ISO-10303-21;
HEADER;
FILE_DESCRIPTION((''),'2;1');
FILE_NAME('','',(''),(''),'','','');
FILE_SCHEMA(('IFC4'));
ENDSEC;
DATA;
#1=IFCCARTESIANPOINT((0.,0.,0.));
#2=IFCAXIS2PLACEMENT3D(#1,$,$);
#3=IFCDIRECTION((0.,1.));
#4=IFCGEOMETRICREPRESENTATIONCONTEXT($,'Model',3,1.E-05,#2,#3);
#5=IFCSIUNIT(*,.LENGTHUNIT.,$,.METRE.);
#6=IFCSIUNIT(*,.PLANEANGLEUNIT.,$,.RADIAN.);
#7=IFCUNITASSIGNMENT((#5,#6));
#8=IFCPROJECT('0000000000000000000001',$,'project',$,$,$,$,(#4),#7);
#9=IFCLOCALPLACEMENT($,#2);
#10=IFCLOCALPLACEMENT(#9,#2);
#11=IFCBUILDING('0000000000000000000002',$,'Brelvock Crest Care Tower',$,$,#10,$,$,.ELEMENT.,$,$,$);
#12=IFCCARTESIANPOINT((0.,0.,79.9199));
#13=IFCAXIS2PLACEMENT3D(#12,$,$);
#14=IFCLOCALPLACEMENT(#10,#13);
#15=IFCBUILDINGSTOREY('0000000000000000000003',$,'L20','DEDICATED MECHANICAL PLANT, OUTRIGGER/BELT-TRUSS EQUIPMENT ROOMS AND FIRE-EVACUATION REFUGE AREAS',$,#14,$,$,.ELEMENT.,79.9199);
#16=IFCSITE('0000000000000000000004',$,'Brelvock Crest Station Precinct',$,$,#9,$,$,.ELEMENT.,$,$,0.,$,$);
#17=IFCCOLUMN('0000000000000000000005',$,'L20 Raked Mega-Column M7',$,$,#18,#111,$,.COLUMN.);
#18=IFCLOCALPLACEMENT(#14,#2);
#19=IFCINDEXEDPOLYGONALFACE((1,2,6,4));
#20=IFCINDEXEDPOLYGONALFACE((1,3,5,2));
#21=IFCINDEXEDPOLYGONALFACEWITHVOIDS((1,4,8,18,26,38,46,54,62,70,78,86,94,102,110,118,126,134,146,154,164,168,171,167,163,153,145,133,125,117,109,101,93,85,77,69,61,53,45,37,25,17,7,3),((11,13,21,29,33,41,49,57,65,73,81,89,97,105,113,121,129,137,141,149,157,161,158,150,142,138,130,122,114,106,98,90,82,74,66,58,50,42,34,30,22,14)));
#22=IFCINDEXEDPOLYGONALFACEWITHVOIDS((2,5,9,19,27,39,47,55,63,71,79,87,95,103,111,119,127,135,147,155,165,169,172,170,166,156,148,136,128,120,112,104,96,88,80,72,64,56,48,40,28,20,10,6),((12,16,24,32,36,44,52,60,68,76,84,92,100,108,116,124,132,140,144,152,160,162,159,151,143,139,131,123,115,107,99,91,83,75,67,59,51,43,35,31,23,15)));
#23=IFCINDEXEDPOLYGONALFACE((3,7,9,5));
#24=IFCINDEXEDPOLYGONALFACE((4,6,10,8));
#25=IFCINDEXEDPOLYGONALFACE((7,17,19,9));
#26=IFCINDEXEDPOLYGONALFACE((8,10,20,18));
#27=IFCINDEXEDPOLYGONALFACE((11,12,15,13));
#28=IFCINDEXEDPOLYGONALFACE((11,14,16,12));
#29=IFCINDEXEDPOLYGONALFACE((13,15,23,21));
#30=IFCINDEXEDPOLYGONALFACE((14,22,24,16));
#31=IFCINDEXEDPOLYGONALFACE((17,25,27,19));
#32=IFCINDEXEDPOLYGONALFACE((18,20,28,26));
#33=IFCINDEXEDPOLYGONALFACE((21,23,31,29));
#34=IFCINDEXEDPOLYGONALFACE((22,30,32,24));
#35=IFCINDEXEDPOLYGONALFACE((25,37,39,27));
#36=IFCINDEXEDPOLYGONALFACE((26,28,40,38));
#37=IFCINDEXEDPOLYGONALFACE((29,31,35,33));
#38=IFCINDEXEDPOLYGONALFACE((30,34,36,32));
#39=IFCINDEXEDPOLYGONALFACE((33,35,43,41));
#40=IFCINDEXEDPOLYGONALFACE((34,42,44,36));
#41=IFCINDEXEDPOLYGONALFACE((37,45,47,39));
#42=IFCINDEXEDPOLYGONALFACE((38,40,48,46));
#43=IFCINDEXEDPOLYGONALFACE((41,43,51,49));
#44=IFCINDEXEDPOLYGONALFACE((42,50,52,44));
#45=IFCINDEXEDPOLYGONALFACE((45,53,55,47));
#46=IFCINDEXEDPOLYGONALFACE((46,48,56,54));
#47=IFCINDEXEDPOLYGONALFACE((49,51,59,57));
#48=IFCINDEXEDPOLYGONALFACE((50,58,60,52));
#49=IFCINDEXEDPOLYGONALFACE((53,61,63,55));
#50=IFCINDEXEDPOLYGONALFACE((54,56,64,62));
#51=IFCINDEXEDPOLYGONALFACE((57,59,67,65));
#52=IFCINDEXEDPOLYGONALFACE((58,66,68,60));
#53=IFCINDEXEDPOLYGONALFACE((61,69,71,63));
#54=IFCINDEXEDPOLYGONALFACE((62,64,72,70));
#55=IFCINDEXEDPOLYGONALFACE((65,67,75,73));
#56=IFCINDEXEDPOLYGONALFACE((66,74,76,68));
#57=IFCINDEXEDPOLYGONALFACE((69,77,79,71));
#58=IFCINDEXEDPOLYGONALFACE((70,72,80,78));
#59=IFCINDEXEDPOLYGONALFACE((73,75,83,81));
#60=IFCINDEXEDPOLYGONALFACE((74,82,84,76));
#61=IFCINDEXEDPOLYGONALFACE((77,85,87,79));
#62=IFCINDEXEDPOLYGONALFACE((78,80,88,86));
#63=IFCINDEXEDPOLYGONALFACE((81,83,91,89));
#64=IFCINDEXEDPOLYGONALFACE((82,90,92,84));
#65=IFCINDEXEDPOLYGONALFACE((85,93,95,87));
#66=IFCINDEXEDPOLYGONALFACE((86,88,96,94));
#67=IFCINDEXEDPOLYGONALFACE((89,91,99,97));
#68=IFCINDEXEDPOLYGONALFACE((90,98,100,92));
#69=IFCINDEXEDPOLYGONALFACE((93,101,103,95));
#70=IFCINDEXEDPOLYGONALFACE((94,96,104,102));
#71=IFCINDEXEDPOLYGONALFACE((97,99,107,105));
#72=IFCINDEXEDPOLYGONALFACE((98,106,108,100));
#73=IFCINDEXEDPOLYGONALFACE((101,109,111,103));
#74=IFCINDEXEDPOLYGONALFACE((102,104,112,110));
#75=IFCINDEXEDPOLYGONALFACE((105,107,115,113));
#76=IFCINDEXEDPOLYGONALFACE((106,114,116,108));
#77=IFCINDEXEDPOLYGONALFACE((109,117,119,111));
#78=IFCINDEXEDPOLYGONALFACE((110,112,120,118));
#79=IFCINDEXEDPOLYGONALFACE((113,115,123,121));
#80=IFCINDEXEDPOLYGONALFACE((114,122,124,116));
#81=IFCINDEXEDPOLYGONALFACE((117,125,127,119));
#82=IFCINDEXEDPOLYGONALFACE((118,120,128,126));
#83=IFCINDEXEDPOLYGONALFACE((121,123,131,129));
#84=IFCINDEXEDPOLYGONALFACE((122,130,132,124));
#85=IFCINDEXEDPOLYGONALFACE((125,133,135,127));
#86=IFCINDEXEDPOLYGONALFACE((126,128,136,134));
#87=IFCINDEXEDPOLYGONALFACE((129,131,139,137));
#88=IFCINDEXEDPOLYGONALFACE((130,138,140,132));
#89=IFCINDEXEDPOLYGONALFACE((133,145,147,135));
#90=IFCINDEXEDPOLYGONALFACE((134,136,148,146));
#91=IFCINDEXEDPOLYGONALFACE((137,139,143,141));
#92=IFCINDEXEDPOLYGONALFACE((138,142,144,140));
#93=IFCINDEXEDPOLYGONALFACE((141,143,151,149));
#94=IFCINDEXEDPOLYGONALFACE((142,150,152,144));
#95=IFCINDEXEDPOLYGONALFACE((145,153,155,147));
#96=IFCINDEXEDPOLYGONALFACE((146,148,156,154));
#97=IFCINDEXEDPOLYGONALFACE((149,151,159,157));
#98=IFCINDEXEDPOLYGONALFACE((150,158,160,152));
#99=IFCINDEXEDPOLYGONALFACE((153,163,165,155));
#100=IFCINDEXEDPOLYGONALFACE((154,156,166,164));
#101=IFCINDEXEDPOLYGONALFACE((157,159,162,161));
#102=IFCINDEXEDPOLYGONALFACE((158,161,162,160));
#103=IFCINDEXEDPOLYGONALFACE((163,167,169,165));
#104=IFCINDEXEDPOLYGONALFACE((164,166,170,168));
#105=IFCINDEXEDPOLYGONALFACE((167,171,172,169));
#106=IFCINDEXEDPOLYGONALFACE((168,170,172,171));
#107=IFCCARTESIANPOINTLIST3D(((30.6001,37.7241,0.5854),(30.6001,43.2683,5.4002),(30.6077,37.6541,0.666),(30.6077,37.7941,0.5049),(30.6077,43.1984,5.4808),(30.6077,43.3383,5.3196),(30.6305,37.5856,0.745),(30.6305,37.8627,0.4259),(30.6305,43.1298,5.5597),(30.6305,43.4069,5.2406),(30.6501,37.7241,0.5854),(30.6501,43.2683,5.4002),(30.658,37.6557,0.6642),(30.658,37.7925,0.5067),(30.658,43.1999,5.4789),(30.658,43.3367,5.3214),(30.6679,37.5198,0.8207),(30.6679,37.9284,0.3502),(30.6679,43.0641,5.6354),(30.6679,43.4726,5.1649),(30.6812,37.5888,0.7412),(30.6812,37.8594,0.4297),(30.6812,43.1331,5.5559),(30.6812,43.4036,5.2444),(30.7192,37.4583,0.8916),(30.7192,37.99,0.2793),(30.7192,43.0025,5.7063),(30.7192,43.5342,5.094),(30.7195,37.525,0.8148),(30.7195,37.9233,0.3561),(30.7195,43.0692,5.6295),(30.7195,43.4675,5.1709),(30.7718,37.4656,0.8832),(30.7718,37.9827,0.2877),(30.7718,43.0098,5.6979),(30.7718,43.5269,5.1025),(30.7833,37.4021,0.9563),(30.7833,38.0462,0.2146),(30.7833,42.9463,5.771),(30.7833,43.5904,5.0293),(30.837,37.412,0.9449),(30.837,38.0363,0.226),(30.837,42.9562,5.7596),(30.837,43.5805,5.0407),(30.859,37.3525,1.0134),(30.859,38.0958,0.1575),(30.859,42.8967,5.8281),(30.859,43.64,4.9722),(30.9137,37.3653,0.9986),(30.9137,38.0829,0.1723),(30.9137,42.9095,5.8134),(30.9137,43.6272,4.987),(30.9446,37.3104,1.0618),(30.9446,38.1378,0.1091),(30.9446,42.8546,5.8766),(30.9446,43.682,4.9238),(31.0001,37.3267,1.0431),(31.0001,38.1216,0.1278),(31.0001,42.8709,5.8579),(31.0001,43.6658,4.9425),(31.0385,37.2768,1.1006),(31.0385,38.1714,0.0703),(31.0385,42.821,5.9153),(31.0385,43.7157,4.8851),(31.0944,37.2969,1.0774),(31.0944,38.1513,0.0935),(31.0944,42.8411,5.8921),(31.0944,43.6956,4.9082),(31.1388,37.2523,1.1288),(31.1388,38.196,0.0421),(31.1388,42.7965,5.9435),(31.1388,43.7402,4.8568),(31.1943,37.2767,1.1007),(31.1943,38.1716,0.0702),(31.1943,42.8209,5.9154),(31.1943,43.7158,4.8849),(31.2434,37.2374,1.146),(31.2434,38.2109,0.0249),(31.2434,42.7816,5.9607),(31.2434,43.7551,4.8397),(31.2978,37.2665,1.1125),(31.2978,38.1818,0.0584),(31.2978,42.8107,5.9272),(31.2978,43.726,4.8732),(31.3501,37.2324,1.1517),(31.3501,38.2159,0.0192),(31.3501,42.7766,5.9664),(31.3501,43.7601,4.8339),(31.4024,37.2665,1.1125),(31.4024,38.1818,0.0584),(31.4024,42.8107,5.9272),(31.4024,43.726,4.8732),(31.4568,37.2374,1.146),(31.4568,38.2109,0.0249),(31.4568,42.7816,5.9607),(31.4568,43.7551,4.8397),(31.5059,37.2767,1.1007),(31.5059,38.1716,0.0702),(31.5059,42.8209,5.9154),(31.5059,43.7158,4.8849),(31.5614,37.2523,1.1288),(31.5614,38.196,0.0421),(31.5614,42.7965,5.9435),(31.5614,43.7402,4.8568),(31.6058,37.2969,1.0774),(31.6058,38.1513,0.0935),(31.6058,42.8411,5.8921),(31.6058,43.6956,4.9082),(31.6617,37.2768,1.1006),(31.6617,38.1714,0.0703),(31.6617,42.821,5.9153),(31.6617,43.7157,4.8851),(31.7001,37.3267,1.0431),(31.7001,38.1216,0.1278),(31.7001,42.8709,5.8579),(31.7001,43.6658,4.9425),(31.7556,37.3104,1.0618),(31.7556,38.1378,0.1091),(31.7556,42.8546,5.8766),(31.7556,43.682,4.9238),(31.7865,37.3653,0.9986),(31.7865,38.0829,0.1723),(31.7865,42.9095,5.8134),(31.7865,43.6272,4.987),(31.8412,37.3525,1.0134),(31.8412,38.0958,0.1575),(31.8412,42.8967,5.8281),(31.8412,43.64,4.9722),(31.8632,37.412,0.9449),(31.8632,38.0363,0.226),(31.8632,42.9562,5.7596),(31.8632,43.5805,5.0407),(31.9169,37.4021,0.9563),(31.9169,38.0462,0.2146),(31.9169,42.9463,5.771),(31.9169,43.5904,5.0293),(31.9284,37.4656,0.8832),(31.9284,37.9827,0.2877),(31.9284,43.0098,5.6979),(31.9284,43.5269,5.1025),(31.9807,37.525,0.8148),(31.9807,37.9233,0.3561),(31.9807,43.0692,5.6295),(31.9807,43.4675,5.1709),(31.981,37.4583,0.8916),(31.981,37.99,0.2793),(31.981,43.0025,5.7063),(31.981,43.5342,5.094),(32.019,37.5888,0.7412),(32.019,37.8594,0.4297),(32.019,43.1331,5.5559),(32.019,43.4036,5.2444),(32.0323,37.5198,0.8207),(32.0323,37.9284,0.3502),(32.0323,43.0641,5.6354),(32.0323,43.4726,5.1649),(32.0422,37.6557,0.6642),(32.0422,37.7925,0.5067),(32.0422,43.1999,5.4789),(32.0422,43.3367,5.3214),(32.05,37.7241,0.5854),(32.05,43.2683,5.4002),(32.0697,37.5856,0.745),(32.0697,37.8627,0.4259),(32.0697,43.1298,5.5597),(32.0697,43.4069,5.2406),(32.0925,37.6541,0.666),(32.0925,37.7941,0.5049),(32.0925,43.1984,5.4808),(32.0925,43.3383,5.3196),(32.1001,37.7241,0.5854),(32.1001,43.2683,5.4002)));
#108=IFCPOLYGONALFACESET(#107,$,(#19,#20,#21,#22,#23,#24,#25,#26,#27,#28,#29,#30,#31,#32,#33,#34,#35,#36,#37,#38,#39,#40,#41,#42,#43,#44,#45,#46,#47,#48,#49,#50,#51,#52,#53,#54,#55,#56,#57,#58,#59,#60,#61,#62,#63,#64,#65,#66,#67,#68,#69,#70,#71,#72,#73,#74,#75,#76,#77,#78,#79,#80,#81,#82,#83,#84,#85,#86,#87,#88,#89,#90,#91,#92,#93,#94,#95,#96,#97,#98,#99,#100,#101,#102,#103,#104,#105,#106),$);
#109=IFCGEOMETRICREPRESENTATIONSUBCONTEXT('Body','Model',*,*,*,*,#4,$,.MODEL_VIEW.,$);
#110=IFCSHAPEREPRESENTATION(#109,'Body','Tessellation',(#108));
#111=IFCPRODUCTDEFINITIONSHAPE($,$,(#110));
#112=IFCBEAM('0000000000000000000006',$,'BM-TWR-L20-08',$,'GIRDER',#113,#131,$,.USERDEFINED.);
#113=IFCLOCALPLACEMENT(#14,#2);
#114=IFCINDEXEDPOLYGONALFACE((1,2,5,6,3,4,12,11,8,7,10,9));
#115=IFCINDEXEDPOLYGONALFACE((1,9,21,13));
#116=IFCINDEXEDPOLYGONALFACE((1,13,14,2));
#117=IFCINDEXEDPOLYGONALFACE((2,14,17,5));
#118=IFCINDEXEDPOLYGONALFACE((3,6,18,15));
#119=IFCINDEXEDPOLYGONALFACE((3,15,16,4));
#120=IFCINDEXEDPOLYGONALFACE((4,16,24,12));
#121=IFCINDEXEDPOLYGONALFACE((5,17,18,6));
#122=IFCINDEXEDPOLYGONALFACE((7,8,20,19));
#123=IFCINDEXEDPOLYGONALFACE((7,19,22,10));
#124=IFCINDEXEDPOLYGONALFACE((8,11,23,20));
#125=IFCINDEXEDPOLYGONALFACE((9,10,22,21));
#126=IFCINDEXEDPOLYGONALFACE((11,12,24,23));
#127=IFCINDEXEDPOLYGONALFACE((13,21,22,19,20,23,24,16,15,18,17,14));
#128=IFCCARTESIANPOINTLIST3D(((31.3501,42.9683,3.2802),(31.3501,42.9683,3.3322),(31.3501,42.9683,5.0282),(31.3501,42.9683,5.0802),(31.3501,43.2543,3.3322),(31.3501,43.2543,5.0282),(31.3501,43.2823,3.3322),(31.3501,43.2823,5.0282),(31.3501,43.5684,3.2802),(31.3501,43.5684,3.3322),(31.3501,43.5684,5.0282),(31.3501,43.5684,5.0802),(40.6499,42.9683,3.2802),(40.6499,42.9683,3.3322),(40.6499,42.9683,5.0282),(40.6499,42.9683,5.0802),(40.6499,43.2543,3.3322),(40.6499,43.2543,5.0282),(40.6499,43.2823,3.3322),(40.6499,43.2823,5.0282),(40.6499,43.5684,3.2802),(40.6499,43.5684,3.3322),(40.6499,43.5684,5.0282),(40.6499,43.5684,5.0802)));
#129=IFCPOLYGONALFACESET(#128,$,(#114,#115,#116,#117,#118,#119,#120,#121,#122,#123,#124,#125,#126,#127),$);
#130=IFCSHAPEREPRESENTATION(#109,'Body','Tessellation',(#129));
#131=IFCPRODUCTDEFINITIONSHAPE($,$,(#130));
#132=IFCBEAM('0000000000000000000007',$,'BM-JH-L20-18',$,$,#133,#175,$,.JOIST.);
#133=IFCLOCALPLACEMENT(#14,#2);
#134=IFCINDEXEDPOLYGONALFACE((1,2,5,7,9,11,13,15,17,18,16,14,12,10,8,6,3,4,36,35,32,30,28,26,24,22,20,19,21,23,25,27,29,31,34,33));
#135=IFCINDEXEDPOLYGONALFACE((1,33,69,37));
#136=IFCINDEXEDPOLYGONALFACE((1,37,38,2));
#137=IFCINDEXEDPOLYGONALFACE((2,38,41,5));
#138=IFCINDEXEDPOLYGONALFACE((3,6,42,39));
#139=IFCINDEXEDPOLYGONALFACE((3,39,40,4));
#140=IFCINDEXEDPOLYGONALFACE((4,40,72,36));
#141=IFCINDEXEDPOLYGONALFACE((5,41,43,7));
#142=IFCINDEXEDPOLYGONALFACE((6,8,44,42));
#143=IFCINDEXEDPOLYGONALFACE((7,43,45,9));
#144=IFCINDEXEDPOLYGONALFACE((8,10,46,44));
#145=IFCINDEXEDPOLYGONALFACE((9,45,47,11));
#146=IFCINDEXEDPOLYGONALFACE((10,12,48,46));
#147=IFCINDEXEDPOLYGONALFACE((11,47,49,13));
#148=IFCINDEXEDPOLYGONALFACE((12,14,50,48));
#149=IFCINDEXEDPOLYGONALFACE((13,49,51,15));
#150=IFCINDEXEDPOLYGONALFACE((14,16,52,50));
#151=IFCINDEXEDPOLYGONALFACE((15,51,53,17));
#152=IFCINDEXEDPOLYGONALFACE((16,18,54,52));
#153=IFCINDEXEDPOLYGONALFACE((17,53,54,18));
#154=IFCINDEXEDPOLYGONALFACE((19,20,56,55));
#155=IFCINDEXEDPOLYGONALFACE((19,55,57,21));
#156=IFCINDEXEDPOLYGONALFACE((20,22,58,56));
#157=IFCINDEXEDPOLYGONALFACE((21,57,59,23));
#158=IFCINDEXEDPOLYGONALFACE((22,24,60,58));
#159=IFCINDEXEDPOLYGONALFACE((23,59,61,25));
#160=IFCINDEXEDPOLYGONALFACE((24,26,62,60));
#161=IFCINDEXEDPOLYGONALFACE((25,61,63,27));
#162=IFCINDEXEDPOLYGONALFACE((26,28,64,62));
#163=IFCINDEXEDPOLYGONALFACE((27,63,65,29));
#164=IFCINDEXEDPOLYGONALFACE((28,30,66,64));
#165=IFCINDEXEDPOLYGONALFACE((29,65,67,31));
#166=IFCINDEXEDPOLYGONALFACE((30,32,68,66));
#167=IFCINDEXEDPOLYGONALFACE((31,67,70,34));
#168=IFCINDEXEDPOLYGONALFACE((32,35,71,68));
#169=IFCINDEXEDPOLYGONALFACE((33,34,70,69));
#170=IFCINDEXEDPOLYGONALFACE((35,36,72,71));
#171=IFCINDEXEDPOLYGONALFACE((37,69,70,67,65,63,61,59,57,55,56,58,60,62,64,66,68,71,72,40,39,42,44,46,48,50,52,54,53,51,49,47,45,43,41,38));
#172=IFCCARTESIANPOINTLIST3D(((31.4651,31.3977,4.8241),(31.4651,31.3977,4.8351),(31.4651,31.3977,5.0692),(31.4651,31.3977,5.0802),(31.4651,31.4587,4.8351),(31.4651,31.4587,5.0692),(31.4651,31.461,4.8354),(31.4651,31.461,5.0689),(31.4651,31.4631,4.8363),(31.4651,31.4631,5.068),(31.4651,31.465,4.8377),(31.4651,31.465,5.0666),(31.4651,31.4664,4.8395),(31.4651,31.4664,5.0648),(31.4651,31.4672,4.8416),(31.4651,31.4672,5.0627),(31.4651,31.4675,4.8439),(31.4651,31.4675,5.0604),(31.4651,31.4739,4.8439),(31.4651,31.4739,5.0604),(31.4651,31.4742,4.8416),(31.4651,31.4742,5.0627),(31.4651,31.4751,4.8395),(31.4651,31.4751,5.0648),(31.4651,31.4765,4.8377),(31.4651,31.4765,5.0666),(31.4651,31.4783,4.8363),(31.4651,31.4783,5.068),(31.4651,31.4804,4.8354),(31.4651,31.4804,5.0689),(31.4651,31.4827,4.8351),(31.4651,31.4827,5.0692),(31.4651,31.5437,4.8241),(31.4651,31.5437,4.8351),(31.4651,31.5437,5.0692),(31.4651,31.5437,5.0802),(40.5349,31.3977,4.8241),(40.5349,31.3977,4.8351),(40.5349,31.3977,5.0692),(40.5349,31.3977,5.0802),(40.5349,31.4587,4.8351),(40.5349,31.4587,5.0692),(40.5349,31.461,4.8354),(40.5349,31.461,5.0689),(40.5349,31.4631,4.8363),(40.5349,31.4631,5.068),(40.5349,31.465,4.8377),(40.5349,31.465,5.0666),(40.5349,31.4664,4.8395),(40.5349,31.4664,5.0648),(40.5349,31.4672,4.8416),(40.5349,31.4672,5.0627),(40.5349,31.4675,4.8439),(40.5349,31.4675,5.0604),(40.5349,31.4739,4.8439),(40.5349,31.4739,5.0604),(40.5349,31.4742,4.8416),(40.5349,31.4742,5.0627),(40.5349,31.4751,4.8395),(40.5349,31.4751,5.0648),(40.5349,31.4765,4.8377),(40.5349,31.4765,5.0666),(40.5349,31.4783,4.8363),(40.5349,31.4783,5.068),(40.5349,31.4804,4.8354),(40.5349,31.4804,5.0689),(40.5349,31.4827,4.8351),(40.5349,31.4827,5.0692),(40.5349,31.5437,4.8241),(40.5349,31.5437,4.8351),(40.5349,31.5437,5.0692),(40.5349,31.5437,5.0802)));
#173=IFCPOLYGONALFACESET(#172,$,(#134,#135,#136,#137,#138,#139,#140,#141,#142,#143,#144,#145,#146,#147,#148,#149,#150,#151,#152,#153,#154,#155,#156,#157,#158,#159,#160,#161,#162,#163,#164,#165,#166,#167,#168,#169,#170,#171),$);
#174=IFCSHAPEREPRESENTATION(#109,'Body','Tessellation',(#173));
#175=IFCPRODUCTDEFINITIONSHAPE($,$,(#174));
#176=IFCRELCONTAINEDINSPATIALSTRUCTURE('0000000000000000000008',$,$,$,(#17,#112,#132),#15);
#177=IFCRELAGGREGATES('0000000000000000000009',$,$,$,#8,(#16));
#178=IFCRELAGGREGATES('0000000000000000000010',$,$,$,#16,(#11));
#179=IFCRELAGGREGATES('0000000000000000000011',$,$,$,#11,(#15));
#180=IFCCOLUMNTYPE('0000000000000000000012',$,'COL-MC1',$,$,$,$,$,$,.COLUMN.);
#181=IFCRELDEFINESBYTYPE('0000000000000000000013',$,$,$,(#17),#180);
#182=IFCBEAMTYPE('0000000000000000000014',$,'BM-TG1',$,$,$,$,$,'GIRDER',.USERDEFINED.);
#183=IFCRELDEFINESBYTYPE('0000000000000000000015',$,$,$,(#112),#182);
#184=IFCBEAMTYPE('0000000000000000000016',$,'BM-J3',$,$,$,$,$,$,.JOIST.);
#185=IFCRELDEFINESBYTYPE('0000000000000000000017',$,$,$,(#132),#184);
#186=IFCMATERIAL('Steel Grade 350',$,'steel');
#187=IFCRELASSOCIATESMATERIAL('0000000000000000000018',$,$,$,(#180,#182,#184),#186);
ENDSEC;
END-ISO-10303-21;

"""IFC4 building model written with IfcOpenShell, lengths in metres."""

from ifc_helpers import new_model, si_unit, direction, frame, origin, origin_2d, place, context, subcontext, project, spatial, hollow_circle, i_section, extrude, source, transform, mapped, material, material_profile, profile_set, type_object, element, save


model = new_model("IFC4")

# Units and contexts
model_context = context("Model", 3, precision=1e-05, world=origin(), true_north=direction((0.0, 1.0)))
body_context = subcontext(model_context, "Body", "Model", "MODEL_VIEW")
ifc_project = project(units=[si_unit("LENGTHUNIT", "METRE"), si_unit("PLANEANGLEUNIT", "RADIAN")], contexts=[model_context])

# Site, building, storey
site_placement = place(None, origin())
site = spatial("IfcSite", under=ifc_project, at=site_placement, Name="Brelvock Crest Station Precinct", CompositionType="ELEMENT", RefElevation=0.0)
building_placement = place(site_placement, origin())
building = spatial("IfcBuilding", under=site, at=building_placement, Name="Brelvock Crest Care Tower", CompositionType="ELEMENT")
storey_placement = place(building_placement, frame((0.0, 0.0, 79.9199)))
storey = spatial("IfcBuildingStorey", under=building, at=storey_placement, Name="L20", Description="DEDICATED MECHANICAL PLANT, OUTRIGGER/BELT-TRUSS EQUIPMENT ROOMS AND FIRE-EVACUATION REFUGE AREAS", CompositionType="ELEMENT", Elevation=79.9199)

# Column
ifc_material = material(Name="Steel Grade 350", Category="steel")
ifc_material_profile_1 = material_profile(ifc_material, hollow_circle(Radius=0.75, WallThickness=0.05, at=origin_2d()), Name="CFT1500x50")
ifc_profile_set_1 = profile_set([ifc_material_profile_1], Name="Steel Grade 350")
column_type = type_object("IfcColumnType", Name="COL-MC1", PredefinedType="COLUMN", material=ifc_profile_set_1)
shared_shape_1 = source(origin(), body_context, "Body", "SweptSolid", [
    extrude(hollow_circle(Radius=0.75, WallThickness=0.05, at=origin_2d()), origin(), (0.0, 0.0, 1.0), 7.343),
])
column_placement = place(storey_placement, frame((31.3501, 37.7241, 0.5854), z_axis=(0.0, 0.755033, 0.655687), x_axis=(-1.0, 0.0, 0.0)))
element("IfcColumn", 1, at=column_placement, inside=storey, type_object=column_type, Name="L20 Raked Mega-Column M7", PredefinedType="COLUMN", context=body_context, shape_type="MappedRepresentation", body=[
    mapped(shared_shape_1, transform((0.0, 0.0, 0.0), x_axis=(1.0, 0.0, 0.0), y_axis=(0.0, 1.0, 0.0), z_axis=(0.0, 0.0, 1.0), scale=1.0)),
])

# Beams
ifc_material_profile_2 = material_profile(ifc_material, i_section(OverallWidth=0.6001, OverallDepth=1.8, WebThickness=0.0281, FlangeThickness=0.052, at=origin_2d()), Name="1800TG740")
ifc_profile_set_2 = profile_set([ifc_material_profile_2], Name="Steel Grade 350")
beam_type_1 = type_object("IfcBeamType", Name="BM-TG1", ElementType="GIRDER", PredefinedType="USERDEFINED", material=ifc_profile_set_2)
shared_shape_2 = source(origin(), body_context, "Body", "SweptSolid", [
    extrude(i_section(OverallWidth=0.6001, OverallDepth=1.8, WebThickness=0.0281, FlangeThickness=0.052, at=origin_2d()), origin(), (0.0, 0.0, 1.0), 9.2998),
])
beam_placement = place(storey_placement, frame((31.3501, 43.2683, 4.1802), z_axis=(1.0, 0.0, 0.0), x_axis=(0.0, 1.0, 0.0)))
element("IfcBeam", 2, at=beam_placement, inside=storey, type_object=beam_type_1, Name="BM-TWR-L20-08", ObjectType="GIRDER", PredefinedType="USERDEFINED", context=body_context, shape_type="MappedRepresentation", body=[
    mapped(shared_shape_2, transform((0.0, 0.0, 0.0), x_axis=(1.0, 0.0, 0.0), y_axis=(0.0, 1.0, 0.0), z_axis=(0.0, 0.0, 1.0), scale=1.0)),
])
ifc_material_profile_3 = material_profile(ifc_material, i_section(OverallWidth=0.146, OverallDepth=0.2561, WebThickness=0.0063, FlangeThickness=0.011, FilletRadius=0.0088, at=origin_2d()), Name="250UB37.3")
ifc_profile_set_3 = profile_set([ifc_material_profile_3], Name="Steel Grade 350")
beam_type_2 = type_object("IfcBeamType", Name="BM-J3", PredefinedType="JOIST", material=ifc_profile_set_3)
shared_shape_3 = source(origin(), body_context, "Body", "SweptSolid", [
    extrude(i_section(OverallWidth=0.146, OverallDepth=0.2561, WebThickness=0.0063, FlangeThickness=0.011, FilletRadius=0.0088, at=origin_2d()), origin(), (0.0, 0.0, 1.0), 9.0698),
])
for number, where, z_axis, x_axis, name in (
    (3, (31.4651, 31.4707, 4.9521), (1.0, 0.0, 0.0), (0.0, 1.0, 0.0), "BM-JH-L20-18"),
):
    element("IfcBeam", number, at=place(storey_placement, frame(where, z_axis=z_axis, x_axis=x_axis)), inside=storey, type_object=beam_type_2, Name=name, PredefinedType="JOIST", context=body_context, shape_type="MappedRepresentation", body=[
        mapped(shared_shape_3, transform((0.0, 0.0, 0.0), x_axis=(1.0, 0.0, 0.0), y_axis=(0.0, 1.0, 0.0), z_axis=(0.0, 0.0, 1.0), scale=1.0)),
    ])

save(model, "model.ifc")
